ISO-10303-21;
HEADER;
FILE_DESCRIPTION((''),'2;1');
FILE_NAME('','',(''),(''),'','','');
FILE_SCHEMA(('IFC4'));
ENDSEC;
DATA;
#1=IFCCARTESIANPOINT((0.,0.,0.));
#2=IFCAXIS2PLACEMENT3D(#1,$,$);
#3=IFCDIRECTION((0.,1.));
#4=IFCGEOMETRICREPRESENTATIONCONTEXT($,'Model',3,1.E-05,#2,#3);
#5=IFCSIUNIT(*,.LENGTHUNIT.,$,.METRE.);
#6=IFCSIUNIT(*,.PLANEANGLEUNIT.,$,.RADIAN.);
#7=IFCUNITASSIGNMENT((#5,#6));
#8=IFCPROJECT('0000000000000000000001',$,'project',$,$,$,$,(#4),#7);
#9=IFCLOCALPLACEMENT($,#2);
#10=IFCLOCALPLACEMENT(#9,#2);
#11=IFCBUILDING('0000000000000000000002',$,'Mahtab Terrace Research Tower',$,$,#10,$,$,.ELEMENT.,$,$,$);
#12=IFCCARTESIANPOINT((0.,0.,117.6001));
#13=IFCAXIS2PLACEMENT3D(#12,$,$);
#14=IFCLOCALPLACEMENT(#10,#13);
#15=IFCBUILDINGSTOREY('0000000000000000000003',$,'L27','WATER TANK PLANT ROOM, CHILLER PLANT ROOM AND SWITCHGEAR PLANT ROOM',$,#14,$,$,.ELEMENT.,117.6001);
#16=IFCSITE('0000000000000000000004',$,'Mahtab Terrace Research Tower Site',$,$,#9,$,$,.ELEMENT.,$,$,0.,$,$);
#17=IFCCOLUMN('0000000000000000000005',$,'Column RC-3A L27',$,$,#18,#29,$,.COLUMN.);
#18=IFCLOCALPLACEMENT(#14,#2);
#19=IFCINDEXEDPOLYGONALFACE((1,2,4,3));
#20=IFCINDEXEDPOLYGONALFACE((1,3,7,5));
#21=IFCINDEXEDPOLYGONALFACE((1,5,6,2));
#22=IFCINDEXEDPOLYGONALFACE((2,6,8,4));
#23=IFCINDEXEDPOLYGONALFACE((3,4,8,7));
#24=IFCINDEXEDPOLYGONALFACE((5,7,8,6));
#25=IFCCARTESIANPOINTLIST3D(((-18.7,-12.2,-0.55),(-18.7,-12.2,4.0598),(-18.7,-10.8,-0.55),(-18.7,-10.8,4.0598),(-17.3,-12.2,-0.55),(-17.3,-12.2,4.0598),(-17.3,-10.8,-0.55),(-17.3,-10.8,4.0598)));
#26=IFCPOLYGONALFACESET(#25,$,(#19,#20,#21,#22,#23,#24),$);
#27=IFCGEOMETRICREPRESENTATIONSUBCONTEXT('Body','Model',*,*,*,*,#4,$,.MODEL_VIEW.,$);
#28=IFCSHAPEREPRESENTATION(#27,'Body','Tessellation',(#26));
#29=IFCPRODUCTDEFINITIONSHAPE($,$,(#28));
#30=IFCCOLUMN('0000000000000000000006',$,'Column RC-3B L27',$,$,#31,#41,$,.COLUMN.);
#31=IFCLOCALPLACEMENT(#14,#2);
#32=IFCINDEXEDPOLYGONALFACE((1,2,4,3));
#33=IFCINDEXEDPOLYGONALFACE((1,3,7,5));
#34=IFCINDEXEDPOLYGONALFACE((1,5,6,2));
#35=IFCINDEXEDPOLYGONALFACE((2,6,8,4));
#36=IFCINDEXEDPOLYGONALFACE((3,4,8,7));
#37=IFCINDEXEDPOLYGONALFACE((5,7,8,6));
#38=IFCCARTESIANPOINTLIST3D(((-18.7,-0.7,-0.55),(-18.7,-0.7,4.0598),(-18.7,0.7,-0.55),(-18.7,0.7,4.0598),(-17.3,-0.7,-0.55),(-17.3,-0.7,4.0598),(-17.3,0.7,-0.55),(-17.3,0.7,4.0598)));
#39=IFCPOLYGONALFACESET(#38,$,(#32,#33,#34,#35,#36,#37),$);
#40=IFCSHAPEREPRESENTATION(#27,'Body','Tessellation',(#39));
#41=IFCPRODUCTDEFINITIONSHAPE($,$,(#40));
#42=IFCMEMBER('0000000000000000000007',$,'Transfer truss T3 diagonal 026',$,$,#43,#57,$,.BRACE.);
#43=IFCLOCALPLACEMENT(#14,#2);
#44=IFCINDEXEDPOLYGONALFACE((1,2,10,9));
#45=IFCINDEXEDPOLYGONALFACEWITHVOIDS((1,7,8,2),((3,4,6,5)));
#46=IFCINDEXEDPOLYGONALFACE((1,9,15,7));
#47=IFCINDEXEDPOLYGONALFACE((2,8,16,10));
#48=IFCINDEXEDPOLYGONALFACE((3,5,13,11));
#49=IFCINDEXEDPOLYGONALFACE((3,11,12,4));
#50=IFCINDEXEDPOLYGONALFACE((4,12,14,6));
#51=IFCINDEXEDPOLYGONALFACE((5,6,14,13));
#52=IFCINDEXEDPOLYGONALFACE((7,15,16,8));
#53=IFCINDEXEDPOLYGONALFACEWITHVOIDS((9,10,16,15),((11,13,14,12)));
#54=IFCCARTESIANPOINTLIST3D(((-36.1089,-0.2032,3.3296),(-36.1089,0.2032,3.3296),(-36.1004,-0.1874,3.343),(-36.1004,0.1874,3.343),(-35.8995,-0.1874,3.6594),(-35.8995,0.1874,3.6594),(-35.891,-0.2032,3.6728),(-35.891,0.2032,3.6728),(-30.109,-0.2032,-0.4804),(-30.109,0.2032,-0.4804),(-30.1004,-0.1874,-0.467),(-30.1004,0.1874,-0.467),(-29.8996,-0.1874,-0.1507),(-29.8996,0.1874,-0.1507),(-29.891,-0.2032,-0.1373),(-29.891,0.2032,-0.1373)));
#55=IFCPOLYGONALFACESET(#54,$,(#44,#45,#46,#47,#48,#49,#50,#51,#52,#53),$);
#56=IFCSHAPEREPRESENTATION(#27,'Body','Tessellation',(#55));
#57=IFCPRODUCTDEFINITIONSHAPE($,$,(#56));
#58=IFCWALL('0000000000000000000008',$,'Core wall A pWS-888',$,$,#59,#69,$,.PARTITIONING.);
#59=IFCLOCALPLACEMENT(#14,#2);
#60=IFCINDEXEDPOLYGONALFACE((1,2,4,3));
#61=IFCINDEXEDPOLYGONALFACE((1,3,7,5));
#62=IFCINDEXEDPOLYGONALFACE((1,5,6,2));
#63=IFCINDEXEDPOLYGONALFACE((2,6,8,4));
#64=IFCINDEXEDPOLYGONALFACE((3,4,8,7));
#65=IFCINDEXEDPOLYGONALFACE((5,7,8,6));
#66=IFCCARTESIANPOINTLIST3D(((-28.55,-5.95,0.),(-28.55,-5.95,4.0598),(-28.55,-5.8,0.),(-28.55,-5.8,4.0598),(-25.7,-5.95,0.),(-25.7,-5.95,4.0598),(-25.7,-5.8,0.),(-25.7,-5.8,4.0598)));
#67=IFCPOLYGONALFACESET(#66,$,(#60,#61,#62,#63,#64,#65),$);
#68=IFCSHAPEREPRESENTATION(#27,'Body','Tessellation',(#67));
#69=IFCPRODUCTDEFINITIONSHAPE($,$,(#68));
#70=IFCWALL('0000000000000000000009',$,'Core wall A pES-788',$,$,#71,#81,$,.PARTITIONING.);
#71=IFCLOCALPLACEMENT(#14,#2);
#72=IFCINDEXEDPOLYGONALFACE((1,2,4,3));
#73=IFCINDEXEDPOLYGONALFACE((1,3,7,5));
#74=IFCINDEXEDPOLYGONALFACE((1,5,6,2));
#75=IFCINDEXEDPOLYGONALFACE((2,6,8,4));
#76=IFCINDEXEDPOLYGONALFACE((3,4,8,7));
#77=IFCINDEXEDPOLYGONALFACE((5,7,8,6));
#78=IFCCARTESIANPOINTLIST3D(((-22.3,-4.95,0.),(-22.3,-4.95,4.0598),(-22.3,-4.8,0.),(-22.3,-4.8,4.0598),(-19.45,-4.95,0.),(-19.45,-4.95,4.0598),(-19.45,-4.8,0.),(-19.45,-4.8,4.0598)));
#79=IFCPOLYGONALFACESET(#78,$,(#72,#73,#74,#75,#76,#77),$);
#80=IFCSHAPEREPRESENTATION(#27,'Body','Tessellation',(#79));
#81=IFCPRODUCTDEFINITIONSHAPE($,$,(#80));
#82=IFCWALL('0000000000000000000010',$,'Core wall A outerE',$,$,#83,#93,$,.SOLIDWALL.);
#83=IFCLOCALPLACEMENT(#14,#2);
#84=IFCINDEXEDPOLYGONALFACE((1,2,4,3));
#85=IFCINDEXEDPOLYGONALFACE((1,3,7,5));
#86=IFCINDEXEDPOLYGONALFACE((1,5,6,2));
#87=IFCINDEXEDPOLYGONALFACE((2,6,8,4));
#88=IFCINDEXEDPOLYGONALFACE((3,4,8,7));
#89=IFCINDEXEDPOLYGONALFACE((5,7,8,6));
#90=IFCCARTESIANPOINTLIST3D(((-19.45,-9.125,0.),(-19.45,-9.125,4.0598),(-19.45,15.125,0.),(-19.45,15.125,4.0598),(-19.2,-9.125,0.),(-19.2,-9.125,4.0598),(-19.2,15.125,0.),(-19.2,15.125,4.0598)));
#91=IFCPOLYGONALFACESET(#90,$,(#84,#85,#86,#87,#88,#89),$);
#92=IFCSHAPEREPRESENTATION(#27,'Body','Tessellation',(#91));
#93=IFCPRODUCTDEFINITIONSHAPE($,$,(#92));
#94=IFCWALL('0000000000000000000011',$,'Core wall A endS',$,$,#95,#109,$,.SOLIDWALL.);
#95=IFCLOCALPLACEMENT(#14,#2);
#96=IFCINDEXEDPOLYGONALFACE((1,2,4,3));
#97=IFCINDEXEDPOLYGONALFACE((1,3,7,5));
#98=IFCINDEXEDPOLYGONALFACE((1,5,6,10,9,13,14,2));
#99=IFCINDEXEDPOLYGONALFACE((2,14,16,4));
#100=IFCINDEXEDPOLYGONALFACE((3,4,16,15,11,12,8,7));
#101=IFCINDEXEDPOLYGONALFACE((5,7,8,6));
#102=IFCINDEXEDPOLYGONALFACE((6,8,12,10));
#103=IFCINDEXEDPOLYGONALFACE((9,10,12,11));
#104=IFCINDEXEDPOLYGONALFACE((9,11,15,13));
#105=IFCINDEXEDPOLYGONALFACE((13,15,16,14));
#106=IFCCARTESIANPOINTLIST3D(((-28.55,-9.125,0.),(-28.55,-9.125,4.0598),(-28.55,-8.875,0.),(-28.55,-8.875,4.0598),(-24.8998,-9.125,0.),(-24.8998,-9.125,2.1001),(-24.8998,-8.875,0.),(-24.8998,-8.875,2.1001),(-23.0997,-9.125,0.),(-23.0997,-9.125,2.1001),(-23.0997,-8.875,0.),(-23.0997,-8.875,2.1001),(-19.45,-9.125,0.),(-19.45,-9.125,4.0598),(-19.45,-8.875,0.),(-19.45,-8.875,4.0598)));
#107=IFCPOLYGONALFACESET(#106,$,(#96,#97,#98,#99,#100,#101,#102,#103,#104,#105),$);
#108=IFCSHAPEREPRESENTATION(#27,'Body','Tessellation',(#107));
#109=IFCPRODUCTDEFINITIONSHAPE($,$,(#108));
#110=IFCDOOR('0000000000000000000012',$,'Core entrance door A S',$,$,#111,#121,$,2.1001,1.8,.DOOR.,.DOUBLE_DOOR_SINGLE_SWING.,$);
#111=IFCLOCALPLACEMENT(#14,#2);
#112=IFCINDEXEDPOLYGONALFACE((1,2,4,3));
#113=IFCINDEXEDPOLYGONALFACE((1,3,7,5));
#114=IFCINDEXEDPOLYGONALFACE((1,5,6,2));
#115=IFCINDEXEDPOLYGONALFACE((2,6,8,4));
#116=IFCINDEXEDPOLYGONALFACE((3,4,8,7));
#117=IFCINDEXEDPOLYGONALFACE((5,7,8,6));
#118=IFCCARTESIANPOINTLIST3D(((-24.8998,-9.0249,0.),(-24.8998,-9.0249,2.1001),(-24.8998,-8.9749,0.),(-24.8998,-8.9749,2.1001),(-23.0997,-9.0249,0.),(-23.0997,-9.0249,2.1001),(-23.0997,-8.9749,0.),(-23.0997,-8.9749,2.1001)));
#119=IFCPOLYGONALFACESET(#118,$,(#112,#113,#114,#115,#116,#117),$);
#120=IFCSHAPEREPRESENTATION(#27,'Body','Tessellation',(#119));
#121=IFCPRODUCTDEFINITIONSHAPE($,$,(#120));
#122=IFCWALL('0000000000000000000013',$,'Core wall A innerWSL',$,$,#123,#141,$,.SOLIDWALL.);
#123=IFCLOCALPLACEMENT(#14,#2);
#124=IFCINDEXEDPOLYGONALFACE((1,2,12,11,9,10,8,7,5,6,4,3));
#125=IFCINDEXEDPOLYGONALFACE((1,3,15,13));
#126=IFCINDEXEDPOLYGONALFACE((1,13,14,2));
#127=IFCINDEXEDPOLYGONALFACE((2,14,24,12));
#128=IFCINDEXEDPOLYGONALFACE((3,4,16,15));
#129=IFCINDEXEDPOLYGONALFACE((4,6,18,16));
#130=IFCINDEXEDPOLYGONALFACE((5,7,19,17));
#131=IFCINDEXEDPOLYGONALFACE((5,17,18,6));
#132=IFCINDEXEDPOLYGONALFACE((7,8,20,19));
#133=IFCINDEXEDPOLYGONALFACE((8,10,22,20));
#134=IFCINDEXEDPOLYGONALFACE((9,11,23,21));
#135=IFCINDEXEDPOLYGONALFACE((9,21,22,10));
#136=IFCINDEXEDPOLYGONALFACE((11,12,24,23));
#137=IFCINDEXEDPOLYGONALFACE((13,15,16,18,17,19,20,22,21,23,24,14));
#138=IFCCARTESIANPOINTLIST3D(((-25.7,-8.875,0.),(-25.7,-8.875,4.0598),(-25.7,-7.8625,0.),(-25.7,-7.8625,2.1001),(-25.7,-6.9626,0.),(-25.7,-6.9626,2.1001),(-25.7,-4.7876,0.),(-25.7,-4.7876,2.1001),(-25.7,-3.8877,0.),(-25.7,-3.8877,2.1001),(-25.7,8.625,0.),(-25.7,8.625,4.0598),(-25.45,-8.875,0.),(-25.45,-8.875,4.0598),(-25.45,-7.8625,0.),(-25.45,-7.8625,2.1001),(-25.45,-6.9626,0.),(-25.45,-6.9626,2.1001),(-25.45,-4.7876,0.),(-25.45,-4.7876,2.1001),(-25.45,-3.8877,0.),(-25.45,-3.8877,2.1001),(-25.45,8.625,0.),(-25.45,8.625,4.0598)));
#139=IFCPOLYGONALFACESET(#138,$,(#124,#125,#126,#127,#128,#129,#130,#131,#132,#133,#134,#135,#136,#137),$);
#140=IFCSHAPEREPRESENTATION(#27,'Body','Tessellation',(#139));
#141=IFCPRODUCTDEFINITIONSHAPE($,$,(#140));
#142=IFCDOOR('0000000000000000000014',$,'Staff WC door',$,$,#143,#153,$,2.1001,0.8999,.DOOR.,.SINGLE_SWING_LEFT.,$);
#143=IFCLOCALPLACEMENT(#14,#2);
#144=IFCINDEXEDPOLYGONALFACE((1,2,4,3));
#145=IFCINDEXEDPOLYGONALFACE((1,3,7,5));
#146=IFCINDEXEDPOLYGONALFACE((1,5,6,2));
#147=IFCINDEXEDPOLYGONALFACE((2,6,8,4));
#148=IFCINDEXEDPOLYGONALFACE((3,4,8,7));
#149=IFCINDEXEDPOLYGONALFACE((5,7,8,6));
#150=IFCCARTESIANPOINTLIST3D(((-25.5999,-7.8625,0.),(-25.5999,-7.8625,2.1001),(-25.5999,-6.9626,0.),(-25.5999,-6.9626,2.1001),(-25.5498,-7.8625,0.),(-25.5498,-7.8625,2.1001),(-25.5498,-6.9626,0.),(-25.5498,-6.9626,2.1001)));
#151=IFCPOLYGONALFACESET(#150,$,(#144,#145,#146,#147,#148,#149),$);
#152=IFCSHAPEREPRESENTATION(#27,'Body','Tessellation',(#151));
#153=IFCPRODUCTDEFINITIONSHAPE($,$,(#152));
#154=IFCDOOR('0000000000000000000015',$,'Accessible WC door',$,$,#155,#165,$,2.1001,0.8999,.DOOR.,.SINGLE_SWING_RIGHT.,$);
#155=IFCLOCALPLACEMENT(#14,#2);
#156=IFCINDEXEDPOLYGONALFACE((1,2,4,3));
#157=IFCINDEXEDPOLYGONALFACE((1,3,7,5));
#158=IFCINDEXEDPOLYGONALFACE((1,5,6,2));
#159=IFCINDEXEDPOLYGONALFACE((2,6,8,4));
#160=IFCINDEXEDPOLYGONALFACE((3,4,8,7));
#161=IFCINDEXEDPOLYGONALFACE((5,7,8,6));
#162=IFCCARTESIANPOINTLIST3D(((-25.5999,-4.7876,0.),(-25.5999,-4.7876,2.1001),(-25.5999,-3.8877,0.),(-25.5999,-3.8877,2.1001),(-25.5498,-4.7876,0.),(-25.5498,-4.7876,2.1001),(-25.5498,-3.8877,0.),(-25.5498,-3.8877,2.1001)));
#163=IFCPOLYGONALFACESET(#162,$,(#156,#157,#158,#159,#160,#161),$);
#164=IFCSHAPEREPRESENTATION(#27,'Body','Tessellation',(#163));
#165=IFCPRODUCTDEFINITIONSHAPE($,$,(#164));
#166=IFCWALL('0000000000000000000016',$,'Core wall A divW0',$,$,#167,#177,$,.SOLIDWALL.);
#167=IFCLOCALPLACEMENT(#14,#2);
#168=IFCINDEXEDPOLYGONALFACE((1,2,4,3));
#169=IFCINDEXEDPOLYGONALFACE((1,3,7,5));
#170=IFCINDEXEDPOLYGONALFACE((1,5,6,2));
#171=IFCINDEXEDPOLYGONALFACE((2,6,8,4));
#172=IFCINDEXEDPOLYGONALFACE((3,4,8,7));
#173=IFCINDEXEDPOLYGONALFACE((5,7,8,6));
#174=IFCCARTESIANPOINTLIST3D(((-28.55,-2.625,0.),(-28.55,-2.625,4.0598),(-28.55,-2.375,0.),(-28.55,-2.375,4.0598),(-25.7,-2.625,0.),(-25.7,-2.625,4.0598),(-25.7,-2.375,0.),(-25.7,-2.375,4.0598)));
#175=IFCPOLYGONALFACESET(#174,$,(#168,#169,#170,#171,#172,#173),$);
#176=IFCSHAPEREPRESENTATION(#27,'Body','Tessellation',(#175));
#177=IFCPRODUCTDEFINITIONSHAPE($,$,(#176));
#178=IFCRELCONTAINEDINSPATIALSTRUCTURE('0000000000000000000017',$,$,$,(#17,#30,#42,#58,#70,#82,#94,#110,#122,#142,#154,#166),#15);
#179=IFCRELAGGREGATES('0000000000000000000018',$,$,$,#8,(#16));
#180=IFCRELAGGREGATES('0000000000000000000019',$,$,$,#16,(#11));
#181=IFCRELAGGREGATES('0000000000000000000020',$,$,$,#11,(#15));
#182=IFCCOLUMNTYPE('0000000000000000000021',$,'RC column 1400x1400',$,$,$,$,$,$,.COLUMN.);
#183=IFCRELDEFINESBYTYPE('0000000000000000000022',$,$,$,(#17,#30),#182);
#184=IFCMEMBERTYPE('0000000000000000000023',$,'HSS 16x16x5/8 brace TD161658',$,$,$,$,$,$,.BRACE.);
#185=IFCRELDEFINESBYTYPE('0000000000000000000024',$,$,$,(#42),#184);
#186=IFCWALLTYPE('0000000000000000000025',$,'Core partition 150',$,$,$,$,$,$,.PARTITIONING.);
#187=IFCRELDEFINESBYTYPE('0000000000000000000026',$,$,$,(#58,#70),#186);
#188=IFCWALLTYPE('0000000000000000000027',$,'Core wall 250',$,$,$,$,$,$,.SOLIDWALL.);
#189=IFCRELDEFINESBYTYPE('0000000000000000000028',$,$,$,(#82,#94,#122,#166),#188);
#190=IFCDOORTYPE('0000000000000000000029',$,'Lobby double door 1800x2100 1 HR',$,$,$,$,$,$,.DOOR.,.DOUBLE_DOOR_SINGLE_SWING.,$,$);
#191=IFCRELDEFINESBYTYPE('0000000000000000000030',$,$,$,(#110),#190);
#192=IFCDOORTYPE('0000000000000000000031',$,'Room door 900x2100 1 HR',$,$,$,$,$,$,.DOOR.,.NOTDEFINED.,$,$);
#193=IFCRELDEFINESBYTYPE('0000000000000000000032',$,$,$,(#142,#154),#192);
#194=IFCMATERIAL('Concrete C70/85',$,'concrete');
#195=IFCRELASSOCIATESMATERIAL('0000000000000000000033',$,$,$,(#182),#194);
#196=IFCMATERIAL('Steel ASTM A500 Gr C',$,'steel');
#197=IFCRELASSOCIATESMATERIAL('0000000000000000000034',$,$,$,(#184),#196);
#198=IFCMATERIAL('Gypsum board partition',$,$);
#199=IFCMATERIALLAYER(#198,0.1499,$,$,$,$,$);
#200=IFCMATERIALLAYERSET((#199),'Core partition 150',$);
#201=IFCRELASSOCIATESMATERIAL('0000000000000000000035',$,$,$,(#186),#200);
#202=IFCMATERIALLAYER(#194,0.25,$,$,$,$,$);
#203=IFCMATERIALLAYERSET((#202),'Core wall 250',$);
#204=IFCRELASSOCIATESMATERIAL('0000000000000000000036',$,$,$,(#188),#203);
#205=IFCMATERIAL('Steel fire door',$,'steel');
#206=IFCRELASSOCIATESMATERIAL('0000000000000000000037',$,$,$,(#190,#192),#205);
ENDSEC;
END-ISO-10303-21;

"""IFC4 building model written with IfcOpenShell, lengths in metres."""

from ifc_helpers import new_model, si_unit, direction, frame, frame_2d, origin, origin_2d, place, context, subcontext, project, spatial, rectangle, hollow_rectangle, extrude, material, layer, layer_set, material_profile, profile_set, type_object, element, fill, save


model = new_model("IFC4")

# Units and contexts
model_context = context("Model", 3, precision=1e-05, world=origin(), true_north=direction((0.0, 1.0)))
body_context = subcontext(model_context, "Body", "Model", "MODEL_VIEW")
ifc_project = project(units=[si_unit("LENGTHUNIT", "METRE"), si_unit("PLANEANGLEUNIT", "RADIAN")], contexts=[model_context])

# Site, building, storey
site_placement = place(None, origin())
site = spatial("IfcSite", under=ifc_project, at=site_placement, Name="Mahtab Terrace Research Tower Site", CompositionType="ELEMENT", RefElevation=0.0)
building_placement = place(site_placement, origin())
building = spatial("IfcBuilding", under=site, at=building_placement, Name="Mahtab Terrace Research Tower", CompositionType="ELEMENT")
storey_placement = place(building_placement, frame((0.0, 0.0, 117.6001)))
storey = spatial("IfcBuildingStorey", under=building, at=storey_placement, Name="L27", Description="WATER TANK PLANT ROOM, CHILLER PLANT ROOM AND SWITCHGEAR PLANT ROOM", CompositionType="ELEMENT", Elevation=117.6001)

# Columns
ifc_material_1 = material(Name="Concrete C70/85", Category="concrete")
ifc_material_profile_1 = material_profile(ifc_material_1, rectangle(XDim=1.3999, YDim=1.3999, at=origin_2d()), Name="RC column 1400x1400")
ifc_profile_set_1 = profile_set([ifc_material_profile_1], Name="Concrete C70/85")
column_type = type_object("IfcColumnType", Name="RC column 1400x1400", PredefinedType="COLUMN", material=ifc_profile_set_1)
for number, where, z_axis, x_axis, name in (
    (1, (-18.0, -11.5, -0.55), (0.0, 0.0, 1.0), (1.0, 0.0, 0.0), "Column RC-3A L27"),
    (2, (-18.0, 0.0, -0.55), (0.0, 0.0, 1.0), (1.0, 0.0, 0.0), "Column RC-3B L27"),
):
    element("IfcColumn", number, at=place(storey_placement, frame(where, z_axis=z_axis, x_axis=x_axis)), inside=storey, type_object=column_type, Name=name, PredefinedType="COLUMN", context=body_context, shape_type="SweptSolid", body=[
        extrude(rectangle(XDim=1.3999, YDim=1.3999, at=origin_2d()), origin(), (0.0, 0.0, 1.0), 4.6099),
    ])

# Member
ifc_material_2 = material(Name="Steel ASTM A500 Gr C", Category="steel")
ifc_material_profile_2 = material_profile(ifc_material_2, hollow_rectangle(XDim=0.4065, YDim=0.4065, WallThickness=0.0159, at=origin_2d()), Name="HSS16X16X5/8")
ifc_profile_set_2 = profile_set([ifc_material_profile_2], Name="Steel ASTM A500 Gr C")
member_type = type_object("IfcMemberType", Name="HSS 16x16x5/8 brace TD161658", PredefinedType="BRACE", material=ifc_profile_set_2)
member_placement = place(storey_placement, frame((-30.0, 0.0, -0.3088), z_axis=(-0.844179, 0.0, 0.536062), x_axis=(0.0, -1.0, 0.0)))
element("IfcMember", 3, at=member_placement, inside=storey, type_object=member_type, Name="Transfer truss T3 diagonal 026", PredefinedType="BRACE", context=body_context, shape_type="SweptSolid", body=[
    extrude(hollow_rectangle(XDim=0.4065, YDim=0.4065, WallThickness=0.0159, at=origin_2d()), origin(), (0.0, 0.0, 1.0), 7.1074),
])

# Walls
ifc_material_3 = material(Name="Gypsum board partition")
ifc_layer_1 = layer(ifc_material_3, 0.1499)
ifc_layer_set_1 = layer_set([ifc_layer_1], Name="Core partition 150")
wall_type_1 = type_object("IfcWallType", Name="Core partition 150", PredefinedType="PARTITIONING", material=ifc_layer_set_1)
for number, where, z_axis, x_axis, name in (
    (4, (-28.55, -5.875, 0.0), (0.0, 0.0, 1.0), (1.0, 0.0, 0.0), "Core wall A pWS-888"),
    (5, (-22.3, -4.875, 0.0), (0.0, 0.0, 1.0), (1.0, 0.0, 0.0), "Core wall A pES-788"),
):
    element("IfcWall", number, at=place(storey_placement, frame(where, z_axis=z_axis, x_axis=x_axis)), inside=storey, type_object=wall_type_1, Name=name, PredefinedType="PARTITIONING", context=body_context, shape_type="SweptSolid", body=[
        extrude(rectangle(XDim=2.8501, YDim=0.1499, at=frame_2d((1.425, 0.0))), origin(), (0.0, 0.0, 1.0), 4.0598),
    ])
ifc_layer_2 = layer(ifc_material_1, 0.25)
ifc_layer_set_2 = layer_set([ifc_layer_2], Name="Core wall 250")
wall_type_2 = type_object("IfcWallType", Name="Core wall 250", PredefinedType="SOLIDWALL", material=ifc_layer_set_2)
wall_1_placement = place(storey_placement, frame((-19.325, -9.125, 0.0), z_axis=(0.0, 0.0, 1.0), x_axis=(0.0, 1.0, 0.0)))
element("IfcWall", 6, at=wall_1_placement, inside=storey, type_object=wall_type_2, Name="Core wall A outerE", PredefinedType="SOLIDWALL", context=body_context, shape_type="SweptSolid", body=[
    extrude(rectangle(XDim=24.25, YDim=0.25, at=frame_2d((12.125, 0.0))), origin(), (0.0, 0.0, 1.0), 4.0598),
])

# Wall, opening, door
wall_2_placement = place(storey_placement, frame((-19.45, -9.0, 0.0), z_axis=(0.0, 0.0, 1.0), x_axis=(-1.0, 0.0, 0.0)))
wall_2 = element("IfcWall", 7, at=wall_2_placement, inside=storey, type_object=wall_type_2, Name="Core wall A endS", PredefinedType="SOLIDWALL", context=body_context, shape_type="SweptSolid", body=[
    extrude(rectangle(XDim=9.1001, YDim=0.25, at=frame_2d((4.55, 0.0))), origin(), (0.0, 0.0, 1.0), 4.0598),
])
opening_1_placement = place(wall_2_placement, frame((3.6499, 0.0, 0.0)))
opening_1 = element("IfcOpeningElement", 8, at=opening_1_placement, cuts=wall_2, PredefinedType="OPENING", context=body_context, shape_type="SweptSolid", body=[
    extrude(rectangle(XDim=1.8, YDim=2.1001, at=frame_2d((0.8999, 1.05))), frame((0.0, 0.135, 0.0), z_axis=(0.0, -1.0, 0.0), x_axis=(1.0, 0.0, 0.0)), (0.0, 0.0, 1.0), 0.27),
])
ifc_material_4 = material(Name="Steel fire door", Category="steel")
door_type_1 = type_object("IfcDoorType", Name="Lobby double door 1800x2100 1 HR", OperationType="DOUBLE_DOOR_SINGLE_SWING", PredefinedType="DOOR", material=ifc_material_4)
door_1_placement = place(opening_1_placement, origin())
door_1 = element("IfcDoor", 9, at=door_1_placement, inside=storey, type_object=door_type_1, Name="Core entrance door A S", OperationType="DOUBLE_DOOR_SINGLE_SWING", OverallHeight=2.1001, OverallWidth=1.8, PredefinedType="DOOR", context=body_context, shape_type="SweptSolid", body=[
    extrude(rectangle(XDim=1.8, YDim=2.1001, at=frame_2d((0.8999, 1.05))), frame((0.0, 0.0249, 0.0), z_axis=(0.0, -1.0, 0.0), x_axis=(1.0, 0.0, 0.0)), (0.0, 0.0, 1.0), 0.05),
])
fill(opening_1, door_1)

# Wall, openings, doors
wall_3_placement = place(storey_placement, frame((-25.575, -8.875, 0.0), z_axis=(0.0, 0.0, 1.0), x_axis=(0.0, 1.0, 0.0)))
wall_3 = element("IfcWall", 10, at=wall_3_placement, inside=storey, type_object=wall_type_2, Name="Core wall A innerWSL", PredefinedType="SOLIDWALL", context=body_context, shape_type="SweptSolid", body=[
    extrude(rectangle(XDim=17.5, YDim=0.25, at=frame_2d((8.75, 0.0))), origin(), (0.0, 0.0, 1.0), 4.0598),
])
opening_2_placement = place(wall_3_placement, frame((1.0125, 0.0, 0.0)))
opening_2 = element("IfcOpeningElement", 11, at=opening_2_placement, cuts=wall_3, PredefinedType="OPENING", context=body_context, shape_type="SweptSolid", body=[
    extrude(rectangle(XDim=0.8999, YDim=2.1001, at=frame_2d((0.45, 1.05))), frame((0.0, 0.135, 0.0), z_axis=(0.0, -1.0, 0.0), x_axis=(1.0, 0.0, 0.0)), (0.0, 0.0, 1.0), 0.27),
])
opening_3_placement = place(wall_3_placement, frame((4.0874, 0.0, 0.0)))
opening_3 = element("IfcOpeningElement", 12, at=opening_3_placement, cuts=wall_3, PredefinedType="OPENING", context=body_context, shape_type="SweptSolid", body=[
    extrude(rectangle(XDim=0.8999, YDim=2.1001, at=frame_2d((0.45, 1.05))), frame((0.0, 0.135, 0.0), z_axis=(0.0, -1.0, 0.0), x_axis=(1.0, 0.0, 0.0)), (0.0, 0.0, 1.0), 0.27),
])
door_type_2 = type_object("IfcDoorType", Name="Room door 900x2100 1 HR", OperationType="NOTDEFINED", PredefinedType="DOOR", material=ifc_material_4)
door_2_placement = place(opening_2_placement, origin())
door_2 = element("IfcDoor", 13, at=door_2_placement, inside=storey, type_object=door_type_2, Name="Staff WC door", OperationType="SINGLE_SWING_LEFT", OverallHeight=2.1001, OverallWidth=0.8999, PredefinedType="DOOR", context=body_context, shape_type="SweptSolid", body=[
    extrude(rectangle(XDim=0.8999, YDim=2.1001, at=frame_2d((0.45, 1.05))), frame((0.0, 0.0249, 0.0), z_axis=(0.0, -1.0, 0.0), x_axis=(1.0, 0.0, 0.0)), (0.0, 0.0, 1.0), 0.05),
])
fill(opening_2, door_2)
door_3_placement = place(opening_3_placement, origin())
door_3 = element("IfcDoor", 14, at=door_3_placement, inside=storey, type_object=door_type_2, Name="Accessible WC door", OperationType="SINGLE_SWING_RIGHT", OverallHeight=2.1001, OverallWidth=0.8999, PredefinedType="DOOR", context=body_context, shape_type="SweptSolid", body=[
    extrude(rectangle(XDim=0.8999, YDim=2.1001, at=frame_2d((0.45, 1.05))), frame((0.0, 0.0249, 0.0), z_axis=(0.0, -1.0, 0.0), x_axis=(1.0, 0.0, 0.0)), (0.0, 0.0, 1.0), 0.05),
])
fill(opening_3, door_3)

# Wall
for number, where, z_axis, x_axis, name in (
    (15, (-28.55, -2.5, 0.0), (0.0, 0.0, 1.0), (1.0, 0.0, 0.0), "Core wall A divW0"),
):
    element("IfcWall", number, at=place(storey_placement, frame(where, z_axis=z_axis, x_axis=x_axis)), inside=storey, type_object=wall_type_2, Name=name, PredefinedType="SOLIDWALL", context=body_context, shape_type="SweptSolid", body=[
        extrude(rectangle(XDim=2.8501, YDim=0.25, at=frame_2d((1.425, 0.0))), origin(), (0.0, 0.0, 1.0), 4.0598),
    ])

save(model, "model.ifc")
